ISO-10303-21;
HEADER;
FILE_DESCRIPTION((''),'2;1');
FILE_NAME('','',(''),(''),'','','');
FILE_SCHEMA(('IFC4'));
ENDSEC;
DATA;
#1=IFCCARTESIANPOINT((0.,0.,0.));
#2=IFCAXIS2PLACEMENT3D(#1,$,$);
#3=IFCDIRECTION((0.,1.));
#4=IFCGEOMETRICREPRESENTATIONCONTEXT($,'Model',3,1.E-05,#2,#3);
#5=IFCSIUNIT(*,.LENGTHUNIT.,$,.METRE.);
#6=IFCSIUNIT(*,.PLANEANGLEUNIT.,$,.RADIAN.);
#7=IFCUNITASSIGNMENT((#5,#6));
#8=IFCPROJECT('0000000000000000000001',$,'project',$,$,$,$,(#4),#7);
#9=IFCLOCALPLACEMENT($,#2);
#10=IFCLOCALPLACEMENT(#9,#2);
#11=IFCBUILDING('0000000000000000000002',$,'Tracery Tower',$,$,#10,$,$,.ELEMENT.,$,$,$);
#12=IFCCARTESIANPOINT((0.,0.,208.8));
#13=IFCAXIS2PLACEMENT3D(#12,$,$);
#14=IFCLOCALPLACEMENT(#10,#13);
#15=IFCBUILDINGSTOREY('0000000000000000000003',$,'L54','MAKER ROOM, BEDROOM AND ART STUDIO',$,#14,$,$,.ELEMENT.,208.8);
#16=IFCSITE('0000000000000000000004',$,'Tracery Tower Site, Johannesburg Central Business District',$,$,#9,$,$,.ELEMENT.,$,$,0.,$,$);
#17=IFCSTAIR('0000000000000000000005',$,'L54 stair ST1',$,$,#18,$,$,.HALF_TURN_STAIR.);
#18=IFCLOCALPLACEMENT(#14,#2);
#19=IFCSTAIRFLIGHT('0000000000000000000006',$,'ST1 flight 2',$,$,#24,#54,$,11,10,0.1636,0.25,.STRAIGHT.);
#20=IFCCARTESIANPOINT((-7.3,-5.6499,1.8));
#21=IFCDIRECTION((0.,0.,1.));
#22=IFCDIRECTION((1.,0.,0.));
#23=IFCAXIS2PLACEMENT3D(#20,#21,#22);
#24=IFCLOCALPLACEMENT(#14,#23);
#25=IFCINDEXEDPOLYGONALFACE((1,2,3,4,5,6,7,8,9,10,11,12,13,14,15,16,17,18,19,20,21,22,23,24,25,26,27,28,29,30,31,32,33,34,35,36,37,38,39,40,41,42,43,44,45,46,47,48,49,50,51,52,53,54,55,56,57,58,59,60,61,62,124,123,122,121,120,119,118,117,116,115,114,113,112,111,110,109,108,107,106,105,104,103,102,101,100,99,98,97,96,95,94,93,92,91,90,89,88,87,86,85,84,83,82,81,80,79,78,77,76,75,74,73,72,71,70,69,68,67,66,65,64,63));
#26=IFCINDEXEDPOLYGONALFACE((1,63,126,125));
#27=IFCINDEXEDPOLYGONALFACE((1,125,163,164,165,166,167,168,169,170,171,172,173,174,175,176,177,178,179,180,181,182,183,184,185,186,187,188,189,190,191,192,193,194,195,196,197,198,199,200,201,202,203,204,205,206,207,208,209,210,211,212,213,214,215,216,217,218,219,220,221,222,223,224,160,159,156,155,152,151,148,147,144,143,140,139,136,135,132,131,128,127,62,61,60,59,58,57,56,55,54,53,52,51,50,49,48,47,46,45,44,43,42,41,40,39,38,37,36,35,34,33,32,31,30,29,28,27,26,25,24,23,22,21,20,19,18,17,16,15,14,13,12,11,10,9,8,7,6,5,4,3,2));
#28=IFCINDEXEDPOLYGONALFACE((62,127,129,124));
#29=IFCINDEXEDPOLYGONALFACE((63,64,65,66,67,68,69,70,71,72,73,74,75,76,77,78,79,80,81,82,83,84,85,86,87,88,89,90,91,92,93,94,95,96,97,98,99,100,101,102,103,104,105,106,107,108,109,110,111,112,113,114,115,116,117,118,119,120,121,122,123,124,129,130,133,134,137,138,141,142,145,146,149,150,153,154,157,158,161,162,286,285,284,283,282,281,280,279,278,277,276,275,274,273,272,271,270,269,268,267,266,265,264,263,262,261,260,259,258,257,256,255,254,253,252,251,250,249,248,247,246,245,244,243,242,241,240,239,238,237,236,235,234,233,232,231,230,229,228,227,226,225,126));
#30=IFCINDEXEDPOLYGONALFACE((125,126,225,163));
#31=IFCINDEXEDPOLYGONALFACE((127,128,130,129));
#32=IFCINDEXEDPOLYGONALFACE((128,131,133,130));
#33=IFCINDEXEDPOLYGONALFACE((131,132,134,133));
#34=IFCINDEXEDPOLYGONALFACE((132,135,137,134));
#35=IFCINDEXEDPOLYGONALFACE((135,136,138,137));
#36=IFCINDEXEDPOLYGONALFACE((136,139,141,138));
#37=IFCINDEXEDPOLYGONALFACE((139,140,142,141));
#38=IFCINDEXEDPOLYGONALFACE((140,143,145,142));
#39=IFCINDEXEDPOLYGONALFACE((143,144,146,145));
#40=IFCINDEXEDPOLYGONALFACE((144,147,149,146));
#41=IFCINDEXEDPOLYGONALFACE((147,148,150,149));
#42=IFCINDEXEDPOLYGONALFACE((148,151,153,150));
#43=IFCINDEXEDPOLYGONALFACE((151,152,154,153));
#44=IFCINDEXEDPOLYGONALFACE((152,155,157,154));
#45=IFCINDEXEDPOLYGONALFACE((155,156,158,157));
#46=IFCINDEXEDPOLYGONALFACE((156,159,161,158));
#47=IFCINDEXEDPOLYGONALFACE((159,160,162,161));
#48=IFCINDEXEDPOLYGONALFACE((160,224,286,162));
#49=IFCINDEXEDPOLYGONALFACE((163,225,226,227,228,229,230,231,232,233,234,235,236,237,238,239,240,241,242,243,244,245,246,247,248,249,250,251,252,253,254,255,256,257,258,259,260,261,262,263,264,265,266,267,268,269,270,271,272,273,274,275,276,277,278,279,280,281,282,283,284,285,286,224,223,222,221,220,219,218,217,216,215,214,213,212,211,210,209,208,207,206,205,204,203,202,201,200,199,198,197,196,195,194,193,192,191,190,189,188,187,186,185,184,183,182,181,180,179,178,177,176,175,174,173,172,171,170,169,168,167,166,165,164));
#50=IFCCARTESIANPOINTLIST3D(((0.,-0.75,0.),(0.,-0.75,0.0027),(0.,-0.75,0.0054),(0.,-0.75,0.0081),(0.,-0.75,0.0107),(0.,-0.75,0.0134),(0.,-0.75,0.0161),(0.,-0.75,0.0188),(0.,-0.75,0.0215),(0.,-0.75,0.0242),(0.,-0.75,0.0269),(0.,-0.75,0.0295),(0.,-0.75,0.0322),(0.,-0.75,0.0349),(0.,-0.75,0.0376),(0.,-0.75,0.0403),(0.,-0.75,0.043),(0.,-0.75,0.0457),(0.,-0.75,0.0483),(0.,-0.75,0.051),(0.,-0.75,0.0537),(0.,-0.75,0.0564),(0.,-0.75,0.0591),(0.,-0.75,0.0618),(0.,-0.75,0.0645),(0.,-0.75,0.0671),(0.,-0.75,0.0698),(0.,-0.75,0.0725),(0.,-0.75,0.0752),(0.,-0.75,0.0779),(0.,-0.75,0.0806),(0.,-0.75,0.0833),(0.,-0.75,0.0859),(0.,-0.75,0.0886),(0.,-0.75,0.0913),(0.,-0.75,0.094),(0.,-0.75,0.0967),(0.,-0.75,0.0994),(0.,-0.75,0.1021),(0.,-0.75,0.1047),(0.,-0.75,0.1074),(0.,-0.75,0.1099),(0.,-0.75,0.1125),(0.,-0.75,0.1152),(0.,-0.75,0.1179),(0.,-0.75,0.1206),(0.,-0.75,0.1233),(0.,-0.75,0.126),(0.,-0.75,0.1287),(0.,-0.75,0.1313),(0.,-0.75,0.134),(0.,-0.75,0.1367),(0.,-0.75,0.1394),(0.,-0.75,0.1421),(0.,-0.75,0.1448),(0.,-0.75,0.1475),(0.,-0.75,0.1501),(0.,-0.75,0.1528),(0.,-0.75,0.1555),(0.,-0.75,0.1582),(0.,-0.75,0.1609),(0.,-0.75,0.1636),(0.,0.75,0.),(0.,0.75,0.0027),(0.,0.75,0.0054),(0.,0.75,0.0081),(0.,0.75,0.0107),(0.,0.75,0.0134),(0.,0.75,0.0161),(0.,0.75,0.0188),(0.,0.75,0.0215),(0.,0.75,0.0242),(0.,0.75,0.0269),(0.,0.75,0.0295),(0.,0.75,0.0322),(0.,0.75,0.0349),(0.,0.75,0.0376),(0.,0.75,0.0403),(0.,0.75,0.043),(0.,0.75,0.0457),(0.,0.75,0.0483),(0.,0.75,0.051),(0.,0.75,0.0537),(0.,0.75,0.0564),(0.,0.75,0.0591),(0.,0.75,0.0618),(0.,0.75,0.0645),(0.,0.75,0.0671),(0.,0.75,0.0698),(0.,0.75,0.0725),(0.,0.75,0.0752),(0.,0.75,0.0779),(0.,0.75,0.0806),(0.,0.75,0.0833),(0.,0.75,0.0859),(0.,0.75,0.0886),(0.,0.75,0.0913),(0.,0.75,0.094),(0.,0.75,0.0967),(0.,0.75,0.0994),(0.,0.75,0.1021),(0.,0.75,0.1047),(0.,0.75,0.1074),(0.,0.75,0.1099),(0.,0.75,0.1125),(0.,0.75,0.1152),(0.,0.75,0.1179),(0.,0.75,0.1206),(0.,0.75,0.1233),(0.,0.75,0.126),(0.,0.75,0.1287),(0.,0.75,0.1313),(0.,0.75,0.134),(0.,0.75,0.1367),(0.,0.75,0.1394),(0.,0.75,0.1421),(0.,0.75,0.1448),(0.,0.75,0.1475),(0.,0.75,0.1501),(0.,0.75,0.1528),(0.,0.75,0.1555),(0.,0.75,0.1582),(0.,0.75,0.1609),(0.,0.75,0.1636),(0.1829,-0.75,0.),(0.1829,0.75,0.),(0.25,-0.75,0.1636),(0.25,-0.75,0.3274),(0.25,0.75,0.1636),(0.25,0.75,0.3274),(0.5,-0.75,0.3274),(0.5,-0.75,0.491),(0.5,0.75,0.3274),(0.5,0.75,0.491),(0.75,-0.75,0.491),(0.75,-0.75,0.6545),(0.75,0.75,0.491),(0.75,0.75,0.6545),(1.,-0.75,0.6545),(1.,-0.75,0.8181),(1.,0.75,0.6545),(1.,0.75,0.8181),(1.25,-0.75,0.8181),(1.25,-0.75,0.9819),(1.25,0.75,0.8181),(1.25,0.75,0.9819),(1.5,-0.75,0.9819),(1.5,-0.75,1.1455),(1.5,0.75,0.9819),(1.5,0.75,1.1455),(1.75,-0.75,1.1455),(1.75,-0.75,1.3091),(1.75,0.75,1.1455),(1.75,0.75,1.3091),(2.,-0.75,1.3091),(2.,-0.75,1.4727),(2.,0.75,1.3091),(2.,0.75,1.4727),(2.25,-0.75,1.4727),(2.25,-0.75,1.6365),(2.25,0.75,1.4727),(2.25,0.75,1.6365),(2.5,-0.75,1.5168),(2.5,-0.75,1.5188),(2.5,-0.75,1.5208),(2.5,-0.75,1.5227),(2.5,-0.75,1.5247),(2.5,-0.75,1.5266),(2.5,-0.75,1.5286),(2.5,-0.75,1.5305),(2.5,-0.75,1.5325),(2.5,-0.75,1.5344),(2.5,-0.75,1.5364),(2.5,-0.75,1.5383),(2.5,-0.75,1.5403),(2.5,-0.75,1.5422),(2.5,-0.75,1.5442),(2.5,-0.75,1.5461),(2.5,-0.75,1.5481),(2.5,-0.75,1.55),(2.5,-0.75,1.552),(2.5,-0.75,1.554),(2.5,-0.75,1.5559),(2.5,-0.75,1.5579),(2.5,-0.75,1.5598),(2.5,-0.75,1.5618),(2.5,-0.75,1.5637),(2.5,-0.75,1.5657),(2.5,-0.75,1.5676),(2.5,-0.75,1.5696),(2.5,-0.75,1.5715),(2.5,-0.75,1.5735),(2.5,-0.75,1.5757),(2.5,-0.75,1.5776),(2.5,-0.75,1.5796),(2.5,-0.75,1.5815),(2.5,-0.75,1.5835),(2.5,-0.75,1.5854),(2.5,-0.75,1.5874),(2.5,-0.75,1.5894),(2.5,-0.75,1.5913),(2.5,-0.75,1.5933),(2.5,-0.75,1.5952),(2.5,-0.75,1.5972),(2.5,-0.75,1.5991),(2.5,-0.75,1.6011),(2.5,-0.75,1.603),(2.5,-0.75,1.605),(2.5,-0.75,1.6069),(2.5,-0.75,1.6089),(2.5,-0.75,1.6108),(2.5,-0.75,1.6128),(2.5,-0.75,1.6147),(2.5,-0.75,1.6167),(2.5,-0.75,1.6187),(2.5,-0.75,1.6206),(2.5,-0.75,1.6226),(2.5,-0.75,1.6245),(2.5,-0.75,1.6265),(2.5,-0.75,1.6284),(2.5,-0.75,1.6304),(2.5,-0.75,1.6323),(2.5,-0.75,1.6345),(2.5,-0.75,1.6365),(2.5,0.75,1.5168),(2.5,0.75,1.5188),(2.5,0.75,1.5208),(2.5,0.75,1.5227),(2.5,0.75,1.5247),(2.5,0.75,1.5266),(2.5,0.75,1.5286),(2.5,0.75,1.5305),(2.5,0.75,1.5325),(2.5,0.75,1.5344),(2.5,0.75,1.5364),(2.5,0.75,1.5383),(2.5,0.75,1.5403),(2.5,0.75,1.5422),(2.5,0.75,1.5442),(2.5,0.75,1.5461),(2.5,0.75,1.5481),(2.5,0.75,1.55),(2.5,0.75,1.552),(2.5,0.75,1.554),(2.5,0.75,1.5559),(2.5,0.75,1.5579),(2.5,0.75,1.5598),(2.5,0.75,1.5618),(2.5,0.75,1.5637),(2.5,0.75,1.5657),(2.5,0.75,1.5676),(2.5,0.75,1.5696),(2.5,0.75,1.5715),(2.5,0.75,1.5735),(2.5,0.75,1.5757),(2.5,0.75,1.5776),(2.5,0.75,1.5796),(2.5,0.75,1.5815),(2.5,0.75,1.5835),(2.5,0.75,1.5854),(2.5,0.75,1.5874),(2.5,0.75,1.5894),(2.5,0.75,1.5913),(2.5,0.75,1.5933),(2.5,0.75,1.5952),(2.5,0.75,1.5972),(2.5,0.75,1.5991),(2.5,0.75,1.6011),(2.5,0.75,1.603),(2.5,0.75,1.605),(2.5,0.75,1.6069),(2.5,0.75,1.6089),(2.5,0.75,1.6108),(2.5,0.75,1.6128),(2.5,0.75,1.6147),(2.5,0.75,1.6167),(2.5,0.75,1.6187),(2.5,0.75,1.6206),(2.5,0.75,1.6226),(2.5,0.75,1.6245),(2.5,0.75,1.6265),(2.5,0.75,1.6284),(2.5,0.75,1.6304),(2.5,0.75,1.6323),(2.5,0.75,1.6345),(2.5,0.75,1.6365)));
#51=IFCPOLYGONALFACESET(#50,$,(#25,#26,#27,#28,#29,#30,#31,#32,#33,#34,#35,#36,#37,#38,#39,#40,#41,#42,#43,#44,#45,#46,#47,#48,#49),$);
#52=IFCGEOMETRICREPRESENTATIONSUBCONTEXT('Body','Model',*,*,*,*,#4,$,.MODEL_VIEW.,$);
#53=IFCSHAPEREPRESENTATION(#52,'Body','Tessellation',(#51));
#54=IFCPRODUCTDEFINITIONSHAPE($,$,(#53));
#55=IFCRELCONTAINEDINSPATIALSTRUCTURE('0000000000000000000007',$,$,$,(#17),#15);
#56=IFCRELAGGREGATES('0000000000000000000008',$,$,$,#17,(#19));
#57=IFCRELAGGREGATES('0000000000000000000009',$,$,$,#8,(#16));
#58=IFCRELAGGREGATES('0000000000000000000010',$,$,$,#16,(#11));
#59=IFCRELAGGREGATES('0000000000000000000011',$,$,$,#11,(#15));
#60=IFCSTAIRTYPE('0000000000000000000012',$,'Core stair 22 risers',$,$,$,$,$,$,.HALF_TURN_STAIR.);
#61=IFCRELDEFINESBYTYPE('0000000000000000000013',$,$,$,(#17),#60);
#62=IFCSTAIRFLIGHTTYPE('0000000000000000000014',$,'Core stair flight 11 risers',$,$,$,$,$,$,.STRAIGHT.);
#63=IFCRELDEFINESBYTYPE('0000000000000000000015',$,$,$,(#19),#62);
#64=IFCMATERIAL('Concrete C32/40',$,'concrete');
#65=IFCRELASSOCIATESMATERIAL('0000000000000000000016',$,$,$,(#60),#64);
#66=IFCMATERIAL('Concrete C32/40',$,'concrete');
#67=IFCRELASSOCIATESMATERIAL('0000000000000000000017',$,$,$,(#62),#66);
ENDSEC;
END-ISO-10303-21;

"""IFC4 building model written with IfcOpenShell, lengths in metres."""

from ifc_helpers import new_model, si_unit, direction, frame, origin, place, context, subcontext, project, spatial, polyline, outline, extrude, material, type_object, element, aggregate, save


model = new_model("IFC4")

# Units and contexts
model_context = context("Model", 3, precision=1e-05, world=origin(), true_north=direction((0.0, 1.0)))
body_context = subcontext(model_context, "Body", "Model", "MODEL_VIEW")
ifc_project = project(units=[si_unit("LENGTHUNIT", "METRE"), si_unit("PLANEANGLEUNIT", "RADIAN")], contexts=[model_context])

# Site, building, storey
site_placement = place(None, origin())
site = spatial("IfcSite", under=ifc_project, at=site_placement, Name="Tracery Tower Site, Johannesburg Central Business District", CompositionType="ELEMENT", RefElevation=0.0)
building_placement = place(site_placement, origin())
building = spatial("IfcBuilding", under=site, at=building_placement, Name="Tracery Tower", CompositionType="ELEMENT")
storey_placement = place(building_placement, frame((0.0, 0.0, 208.8)))
storey = spatial("IfcBuildingStorey", under=building, at=storey_placement, Name="L54", Description="MAKER ROOM, BEDROOM AND ART STUDIO", CompositionType="ELEMENT", Elevation=208.8)

# Stair, stair flight
ifc_material_1 = material(Name="Concrete C32/40", Category="concrete")
stair_type = type_object("IfcStairType", Name="Core stair 22 risers", PredefinedType="HALF_TURN_STAIR", material=ifc_material_1)
stair_placement = place(storey_placement, origin())
stair = element("IfcStair", 1, at=stair_placement, inside=storey, type_object=stair_type, Name="L54 stair ST1", PredefinedType="HALF_TURN_STAIR")
ifc_material_2 = material(Name="Concrete C32/40", Category="concrete")
stair_flight_type = type_object("IfcStairFlightType", Name="Core stair flight 11 risers", PredefinedType="STRAIGHT", material=ifc_material_2)
stair_flight_1_placement = place(storey_placement, frame((-7.3, -5.6499, 1.8), z_axis=(0.0, 0.0, 1.0), x_axis=(1.0, 0.0, 0.0)))
stair_flight_1 = element("IfcStairFlight", 2, at=stair_flight_1_placement, type_object=stair_flight_type, Name="ST1 flight 2", NumberOfRisers=11, NumberOfTreads=10, PredefinedType="STRAIGHT", RiserHeight=0.1636, TreadLength=0.25, context=body_context, shape_type="SweptSolid", body=[
    extrude(outline(polyline([(0.0, 0.0), (0.0, 0.0027), (0.0, 0.0054), (0.0, 0.0081), (0.0, 0.0107), (0.0, 0.0134), (0.0, 0.0161), (0.0, 0.0188), (0.0, 0.0215), (0.0, 0.0242), (0.0, 0.0269), (0.0, 0.0295), (0.0, 0.0322), (0.0, 0.0349), (0.0, 0.0376), (0.0, 0.0403), (0.0, 0.043), (0.0, 0.0457), (0.0, 0.0483), (0.0, 0.051), (0.0, 0.0537), (0.0, 0.0564), (0.0, 0.0591), (0.0, 0.0618), (0.0, 0.0645), (0.0, 0.0671), (0.0, 0.0698), (0.0, 0.0725), (0.0, 0.0752), (0.0, 0.0779), (0.0, 0.0806), (0.0, 0.0833), (0.0, 0.0859), (0.0, 0.0886), (0.0, 0.0913), (0.0, 0.094), (0.0, 0.0967), (0.0, 0.0994), (0.0, 0.1021), (0.0, 0.1047), (0.0, 0.1074), (0.0, 0.1099), (0.0, 0.1125), (0.0, 0.1152), (0.0, 0.1179), (0.0, 0.1206), (0.0, 0.1233), (0.0, 0.126), (0.0, 0.1287), (0.0, 0.1313), (0.0, 0.134), (0.0, 0.1367), (0.0, 0.1394), (0.0, 0.1421), (0.0, 0.1448), (0.0, 0.1475), (0.0, 0.1501), (0.0, 0.1528), (0.0, 0.1555), (0.0, 0.1582), (0.0, 0.1609), (0.0, 0.1636), (0.25, 0.1636), (0.25, 0.3274), (0.5, 0.3274), (0.5, 0.491), (0.75, 0.491), (0.75, 0.6545), (1.0, 0.6545), (1.0, 0.8181), (1.25, 0.8181), (1.25, 0.9819), (1.5, 0.9819), (1.5, 1.1455), (1.75, 1.1455), (1.75, 1.3091), (2.0, 1.3091), (2.0, 1.4727), (2.25, 1.4727), (2.25, 1.6365), (2.5, 1.6365), (2.5, 1.6345), (2.5, 1.6323), (2.5, 1.6304), (2.5, 1.6284), (2.5, 1.6265), (2.5, 1.6245), (2.5, 1.6226), (2.5, 1.6206), (2.5, 1.6187), (2.5, 1.6167), (2.5, 1.6147), (2.5, 1.6128), (2.5, 1.6108), (2.5, 1.6089), (2.5, 1.6069), (2.5, 1.605), (2.5, 1.603), (2.5, 1.6011), (2.5, 1.5991), (2.5, 1.5972), (2.5, 1.5952), (2.5, 1.5933), (2.5, 1.5913), (2.5, 1.5894), (2.5, 1.5874), (2.5, 1.5854), (2.5, 1.5835), (2.5, 1.5815), (2.5, 1.5796), (2.5, 1.5776), (2.5, 1.5757), (2.5, 1.5735), (2.5, 1.5715), (2.5, 1.5696), (2.5, 1.5676), (2.5, 1.5657), (2.5, 1.5637), (2.5, 1.5618), (2.5, 1.5598), (2.5, 1.5579), (2.5, 1.5559), (2.5, 1.554), (2.5, 1.552), (2.5, 1.55), (2.5, 1.5481), (2.5, 1.5461), (2.5, 1.5442), (2.5, 1.5422), (2.5, 1.5403), (2.5, 1.5383), (2.5, 1.5364), (2.5, 1.5344), (2.5, 1.5325), (2.5, 1.5305), (2.5, 1.5286), (2.5, 1.5266), (2.5, 1.5247), (2.5, 1.5227), (2.5, 1.5208), (2.5, 1.5188), (2.5, 1.5168), (0.1829, 0.0), (0.0, 0.0)])), frame((0.0, 0.75, 0.0), z_axis=(0.0, -1.0, 0.0), x_axis=(1.0, 0.0, 0.0)), (0.0, 0.0, 1.0), 1.5),
])
aggregate(stair, [stair_flight_1])

save(model, "model.ifc")
